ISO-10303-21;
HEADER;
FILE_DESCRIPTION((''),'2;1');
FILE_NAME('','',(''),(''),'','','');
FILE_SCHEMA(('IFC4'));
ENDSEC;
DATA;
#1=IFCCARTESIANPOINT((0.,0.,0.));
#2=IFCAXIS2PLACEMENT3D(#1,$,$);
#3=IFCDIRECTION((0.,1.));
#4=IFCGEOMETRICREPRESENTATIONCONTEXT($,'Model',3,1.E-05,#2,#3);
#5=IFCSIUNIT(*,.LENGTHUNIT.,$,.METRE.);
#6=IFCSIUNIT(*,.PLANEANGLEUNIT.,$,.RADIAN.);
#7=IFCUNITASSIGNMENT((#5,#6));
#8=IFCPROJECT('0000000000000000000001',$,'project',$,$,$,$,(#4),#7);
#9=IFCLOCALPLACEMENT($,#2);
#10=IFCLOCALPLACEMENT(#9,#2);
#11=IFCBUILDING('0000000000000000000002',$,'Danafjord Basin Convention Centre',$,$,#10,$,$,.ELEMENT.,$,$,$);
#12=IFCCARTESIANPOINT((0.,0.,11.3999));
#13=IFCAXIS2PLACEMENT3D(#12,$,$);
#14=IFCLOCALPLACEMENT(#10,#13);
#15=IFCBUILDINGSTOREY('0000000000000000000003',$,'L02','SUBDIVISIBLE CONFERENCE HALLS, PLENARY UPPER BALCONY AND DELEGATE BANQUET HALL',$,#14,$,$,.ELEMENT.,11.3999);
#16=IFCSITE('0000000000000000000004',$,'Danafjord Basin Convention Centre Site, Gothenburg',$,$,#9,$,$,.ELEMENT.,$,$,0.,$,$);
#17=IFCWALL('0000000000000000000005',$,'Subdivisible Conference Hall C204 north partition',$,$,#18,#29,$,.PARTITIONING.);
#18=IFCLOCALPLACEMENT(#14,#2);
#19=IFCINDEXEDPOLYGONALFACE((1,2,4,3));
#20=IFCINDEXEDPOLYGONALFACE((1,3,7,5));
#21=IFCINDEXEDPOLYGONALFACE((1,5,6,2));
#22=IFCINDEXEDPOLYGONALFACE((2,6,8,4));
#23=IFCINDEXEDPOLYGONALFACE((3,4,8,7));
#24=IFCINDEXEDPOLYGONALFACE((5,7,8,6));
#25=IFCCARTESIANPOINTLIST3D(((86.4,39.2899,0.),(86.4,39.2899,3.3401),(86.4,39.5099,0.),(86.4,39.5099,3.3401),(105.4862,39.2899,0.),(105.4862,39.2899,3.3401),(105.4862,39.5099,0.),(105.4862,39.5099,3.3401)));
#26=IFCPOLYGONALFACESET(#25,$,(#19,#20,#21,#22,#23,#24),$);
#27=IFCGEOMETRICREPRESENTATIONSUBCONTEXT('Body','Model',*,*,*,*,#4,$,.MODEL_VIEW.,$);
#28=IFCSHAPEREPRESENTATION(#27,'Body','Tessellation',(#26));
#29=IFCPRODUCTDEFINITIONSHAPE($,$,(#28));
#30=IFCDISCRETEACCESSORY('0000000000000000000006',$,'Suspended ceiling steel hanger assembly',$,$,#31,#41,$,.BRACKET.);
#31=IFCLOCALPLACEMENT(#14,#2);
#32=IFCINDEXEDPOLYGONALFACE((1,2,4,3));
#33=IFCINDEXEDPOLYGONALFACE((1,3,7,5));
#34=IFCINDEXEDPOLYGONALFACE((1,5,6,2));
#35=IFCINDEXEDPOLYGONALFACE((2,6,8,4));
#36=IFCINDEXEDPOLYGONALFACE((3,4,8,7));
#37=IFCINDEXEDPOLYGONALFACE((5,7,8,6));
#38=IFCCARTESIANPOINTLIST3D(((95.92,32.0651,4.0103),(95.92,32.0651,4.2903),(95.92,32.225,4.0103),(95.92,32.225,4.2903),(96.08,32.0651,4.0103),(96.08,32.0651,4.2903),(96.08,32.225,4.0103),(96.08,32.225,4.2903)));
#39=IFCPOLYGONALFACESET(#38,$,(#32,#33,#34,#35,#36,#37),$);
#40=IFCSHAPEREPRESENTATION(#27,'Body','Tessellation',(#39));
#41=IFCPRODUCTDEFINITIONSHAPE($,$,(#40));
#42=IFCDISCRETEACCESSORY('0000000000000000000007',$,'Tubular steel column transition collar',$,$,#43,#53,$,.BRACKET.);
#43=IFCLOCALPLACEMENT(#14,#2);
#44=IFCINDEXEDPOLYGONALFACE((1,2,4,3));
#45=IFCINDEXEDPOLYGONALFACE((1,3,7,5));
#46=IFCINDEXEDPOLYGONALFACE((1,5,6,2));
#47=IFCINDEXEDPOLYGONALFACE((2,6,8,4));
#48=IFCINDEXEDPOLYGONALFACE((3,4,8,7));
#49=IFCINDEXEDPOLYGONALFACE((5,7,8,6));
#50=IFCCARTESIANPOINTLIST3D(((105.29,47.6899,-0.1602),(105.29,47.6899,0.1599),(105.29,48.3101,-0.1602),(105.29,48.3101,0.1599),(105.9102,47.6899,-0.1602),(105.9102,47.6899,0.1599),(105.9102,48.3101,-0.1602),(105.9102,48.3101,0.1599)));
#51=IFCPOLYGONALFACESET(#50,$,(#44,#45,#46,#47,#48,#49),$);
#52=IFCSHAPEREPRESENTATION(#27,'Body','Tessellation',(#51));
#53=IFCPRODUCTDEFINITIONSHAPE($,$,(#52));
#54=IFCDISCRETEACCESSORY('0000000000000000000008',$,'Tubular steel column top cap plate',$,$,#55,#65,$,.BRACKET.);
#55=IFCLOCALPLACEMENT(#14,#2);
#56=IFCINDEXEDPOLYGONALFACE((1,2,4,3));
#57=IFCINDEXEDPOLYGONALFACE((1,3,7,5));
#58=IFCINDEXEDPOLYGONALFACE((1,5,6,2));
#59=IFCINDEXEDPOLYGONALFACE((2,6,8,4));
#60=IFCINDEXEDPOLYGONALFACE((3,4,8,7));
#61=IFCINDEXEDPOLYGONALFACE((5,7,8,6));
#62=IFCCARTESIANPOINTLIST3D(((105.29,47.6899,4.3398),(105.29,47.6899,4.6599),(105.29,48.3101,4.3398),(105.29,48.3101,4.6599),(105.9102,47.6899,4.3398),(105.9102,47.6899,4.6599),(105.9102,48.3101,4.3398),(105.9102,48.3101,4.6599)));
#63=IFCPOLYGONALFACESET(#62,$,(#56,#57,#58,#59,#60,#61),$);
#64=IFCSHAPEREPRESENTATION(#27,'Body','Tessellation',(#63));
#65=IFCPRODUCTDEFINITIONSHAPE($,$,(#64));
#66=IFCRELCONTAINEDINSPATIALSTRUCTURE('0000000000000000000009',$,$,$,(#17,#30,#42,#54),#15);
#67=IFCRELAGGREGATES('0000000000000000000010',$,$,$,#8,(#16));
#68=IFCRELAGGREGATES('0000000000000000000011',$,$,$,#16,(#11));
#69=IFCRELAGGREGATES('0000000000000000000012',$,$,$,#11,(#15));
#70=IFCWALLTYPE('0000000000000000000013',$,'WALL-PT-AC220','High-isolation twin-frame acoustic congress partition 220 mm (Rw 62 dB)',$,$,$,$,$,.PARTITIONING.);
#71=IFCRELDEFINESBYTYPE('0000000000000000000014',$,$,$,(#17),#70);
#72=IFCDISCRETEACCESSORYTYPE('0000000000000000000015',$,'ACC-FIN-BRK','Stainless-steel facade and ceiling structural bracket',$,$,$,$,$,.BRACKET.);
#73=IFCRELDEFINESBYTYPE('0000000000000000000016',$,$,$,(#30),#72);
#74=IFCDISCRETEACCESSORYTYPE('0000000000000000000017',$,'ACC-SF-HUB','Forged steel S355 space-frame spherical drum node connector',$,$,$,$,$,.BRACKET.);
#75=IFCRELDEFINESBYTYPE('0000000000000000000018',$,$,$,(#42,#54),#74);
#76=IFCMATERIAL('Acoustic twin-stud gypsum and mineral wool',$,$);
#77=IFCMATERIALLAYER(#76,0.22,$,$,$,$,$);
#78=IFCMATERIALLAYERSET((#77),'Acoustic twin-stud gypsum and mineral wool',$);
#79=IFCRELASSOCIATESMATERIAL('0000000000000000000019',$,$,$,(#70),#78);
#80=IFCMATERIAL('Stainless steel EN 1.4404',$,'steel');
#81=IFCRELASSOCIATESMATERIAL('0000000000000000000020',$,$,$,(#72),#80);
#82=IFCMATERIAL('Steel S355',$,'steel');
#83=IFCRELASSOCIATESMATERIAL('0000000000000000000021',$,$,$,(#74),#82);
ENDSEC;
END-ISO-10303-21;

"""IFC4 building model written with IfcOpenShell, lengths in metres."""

from ifc_helpers import new_model, si_unit, direction, frame, frame_2d, origin, origin_2d, place, context, subcontext, project, spatial, rectangle, extrude, material, layer, layer_set, type_object, element, save


model = new_model("IFC4")

# Units and contexts
model_context = context("Model", 3, precision=1e-05, world=origin(), true_north=direction((0.0, 1.0)))
body_context = subcontext(model_context, "Body", "Model", "MODEL_VIEW")
ifc_project = project(units=[si_unit("LENGTHUNIT", "METRE"), si_unit("PLANEANGLEUNIT", "RADIAN")], contexts=[model_context])

# Site, building, storey
site_placement = place(None, origin())
site = spatial("IfcSite", under=ifc_project, at=site_placement, Name="Danafjord Basin Convention Centre Site, Gothenburg", CompositionType="ELEMENT", RefElevation=0.0)
building_placement = place(site_placement, origin())
building = spatial("IfcBuilding", under=site, at=building_placement, Name="Danafjord Basin Convention Centre", CompositionType="ELEMENT")
storey_placement = place(building_placement, frame((0.0, 0.0, 11.3999)))
storey = spatial("IfcBuildingStorey", under=building, at=storey_placement, Name="L02", Description="SUBDIVISIBLE CONFERENCE HALLS, PLENARY UPPER BALCONY AND DELEGATE BANQUET HALL", CompositionType="ELEMENT", Elevation=11.3999)

# Shared definitions
ifc_material_1 = material(Name="Steel S355", Category="steel")

# Wall
ifc_material_2 = material(Name="Acoustic twin-stud gypsum and mineral wool")
ifc_layer_1 = layer(ifc_material_2, 0.22)
ifc_layer_set_1 = layer_set([ifc_layer_1], Name="Acoustic twin-stud gypsum and mineral wool")
wall_type = type_object("IfcWallType", Name="WALL-PT-AC220", Description="High-isolation twin-frame acoustic congress partition 220 mm (Rw 62 dB)", PredefinedType="PARTITIONING", material=ifc_layer_set_1)
wall_placement = place(storey_placement, frame((105.4861, 39.3999, 0.0), z_axis=(0.0, 0.0, 1.0), x_axis=(-1.0, 0.0, 0.0)))
element("IfcWall", 1, at=wall_placement, inside=storey, type_object=wall_type, Name="Subdivisible Conference Hall C204 north partition", PredefinedType="PARTITIONING", context=body_context, shape_type="SweptSolid", body=[
    extrude(rectangle(XDim=19.0862, YDim=0.22, at=frame_2d((9.543, 0.0))), origin(), (0.0, 0.0, 1.0), 3.3401),
])

# Discrete accessories
ifc_material_3 = material(Name="Stainless steel EN 1.4404", Category="steel")
discrete_accessory_type_1 = type_object("IfcDiscreteAccessoryType", Name="ACC-FIN-BRK", Description="Stainless-steel facade and ceiling structural bracket", PredefinedType="BRACKET", material=ifc_material_3)
discrete_accessory_placement = place(storey_placement, frame((96.0, 32.145, 4.0103), z_axis=(0.0, 0.0, 1.0), x_axis=(1.0, 0.0, 0.0)))
element("IfcDiscreteAccessory", 2, at=discrete_accessory_placement, inside=storey, type_object=discrete_accessory_type_1, Name="Suspended ceiling steel hanger assembly", PredefinedType="BRACKET", context=body_context, shape_type="SweptSolid", body=[
    extrude(rectangle(XDim=0.1599, YDim=0.1599, at=origin_2d()), origin(), (0.0, 0.0, 1.0), 0.28),
])
discrete_accessory_type_2 = type_object("IfcDiscreteAccessoryType", Name="ACC-SF-HUB", Description="Forged steel S355 space-frame spherical drum node connector", PredefinedType="BRACKET", material=ifc_material_1)
for number, where, z_axis, x_axis, name in (
    (3, (105.6001, 48.0, -0.1602), (0.0, 0.0, 1.0), (1.0, 0.0, 0.0), "Tubular steel column transition collar"),
    (4, (105.6001, 48.0, 4.3398), (0.0, 0.0, 1.0), (1.0, 0.0, 0.0), "Tubular steel column top cap plate"),
):
    element("IfcDiscreteAccessory", number, at=place(storey_placement, frame(where, z_axis=z_axis, x_axis=x_axis)), inside=storey, type_object=discrete_accessory_type_2, Name=name, PredefinedType="BRACKET", context=body_context, shape_type="SweptSolid", body=[
        extrude(rectangle(XDim=0.6201, YDim=0.6201, at=origin_2d()), origin(), (0.0, 0.0, 1.0), 0.3201),
    ])

save(model, "model.ifc")
